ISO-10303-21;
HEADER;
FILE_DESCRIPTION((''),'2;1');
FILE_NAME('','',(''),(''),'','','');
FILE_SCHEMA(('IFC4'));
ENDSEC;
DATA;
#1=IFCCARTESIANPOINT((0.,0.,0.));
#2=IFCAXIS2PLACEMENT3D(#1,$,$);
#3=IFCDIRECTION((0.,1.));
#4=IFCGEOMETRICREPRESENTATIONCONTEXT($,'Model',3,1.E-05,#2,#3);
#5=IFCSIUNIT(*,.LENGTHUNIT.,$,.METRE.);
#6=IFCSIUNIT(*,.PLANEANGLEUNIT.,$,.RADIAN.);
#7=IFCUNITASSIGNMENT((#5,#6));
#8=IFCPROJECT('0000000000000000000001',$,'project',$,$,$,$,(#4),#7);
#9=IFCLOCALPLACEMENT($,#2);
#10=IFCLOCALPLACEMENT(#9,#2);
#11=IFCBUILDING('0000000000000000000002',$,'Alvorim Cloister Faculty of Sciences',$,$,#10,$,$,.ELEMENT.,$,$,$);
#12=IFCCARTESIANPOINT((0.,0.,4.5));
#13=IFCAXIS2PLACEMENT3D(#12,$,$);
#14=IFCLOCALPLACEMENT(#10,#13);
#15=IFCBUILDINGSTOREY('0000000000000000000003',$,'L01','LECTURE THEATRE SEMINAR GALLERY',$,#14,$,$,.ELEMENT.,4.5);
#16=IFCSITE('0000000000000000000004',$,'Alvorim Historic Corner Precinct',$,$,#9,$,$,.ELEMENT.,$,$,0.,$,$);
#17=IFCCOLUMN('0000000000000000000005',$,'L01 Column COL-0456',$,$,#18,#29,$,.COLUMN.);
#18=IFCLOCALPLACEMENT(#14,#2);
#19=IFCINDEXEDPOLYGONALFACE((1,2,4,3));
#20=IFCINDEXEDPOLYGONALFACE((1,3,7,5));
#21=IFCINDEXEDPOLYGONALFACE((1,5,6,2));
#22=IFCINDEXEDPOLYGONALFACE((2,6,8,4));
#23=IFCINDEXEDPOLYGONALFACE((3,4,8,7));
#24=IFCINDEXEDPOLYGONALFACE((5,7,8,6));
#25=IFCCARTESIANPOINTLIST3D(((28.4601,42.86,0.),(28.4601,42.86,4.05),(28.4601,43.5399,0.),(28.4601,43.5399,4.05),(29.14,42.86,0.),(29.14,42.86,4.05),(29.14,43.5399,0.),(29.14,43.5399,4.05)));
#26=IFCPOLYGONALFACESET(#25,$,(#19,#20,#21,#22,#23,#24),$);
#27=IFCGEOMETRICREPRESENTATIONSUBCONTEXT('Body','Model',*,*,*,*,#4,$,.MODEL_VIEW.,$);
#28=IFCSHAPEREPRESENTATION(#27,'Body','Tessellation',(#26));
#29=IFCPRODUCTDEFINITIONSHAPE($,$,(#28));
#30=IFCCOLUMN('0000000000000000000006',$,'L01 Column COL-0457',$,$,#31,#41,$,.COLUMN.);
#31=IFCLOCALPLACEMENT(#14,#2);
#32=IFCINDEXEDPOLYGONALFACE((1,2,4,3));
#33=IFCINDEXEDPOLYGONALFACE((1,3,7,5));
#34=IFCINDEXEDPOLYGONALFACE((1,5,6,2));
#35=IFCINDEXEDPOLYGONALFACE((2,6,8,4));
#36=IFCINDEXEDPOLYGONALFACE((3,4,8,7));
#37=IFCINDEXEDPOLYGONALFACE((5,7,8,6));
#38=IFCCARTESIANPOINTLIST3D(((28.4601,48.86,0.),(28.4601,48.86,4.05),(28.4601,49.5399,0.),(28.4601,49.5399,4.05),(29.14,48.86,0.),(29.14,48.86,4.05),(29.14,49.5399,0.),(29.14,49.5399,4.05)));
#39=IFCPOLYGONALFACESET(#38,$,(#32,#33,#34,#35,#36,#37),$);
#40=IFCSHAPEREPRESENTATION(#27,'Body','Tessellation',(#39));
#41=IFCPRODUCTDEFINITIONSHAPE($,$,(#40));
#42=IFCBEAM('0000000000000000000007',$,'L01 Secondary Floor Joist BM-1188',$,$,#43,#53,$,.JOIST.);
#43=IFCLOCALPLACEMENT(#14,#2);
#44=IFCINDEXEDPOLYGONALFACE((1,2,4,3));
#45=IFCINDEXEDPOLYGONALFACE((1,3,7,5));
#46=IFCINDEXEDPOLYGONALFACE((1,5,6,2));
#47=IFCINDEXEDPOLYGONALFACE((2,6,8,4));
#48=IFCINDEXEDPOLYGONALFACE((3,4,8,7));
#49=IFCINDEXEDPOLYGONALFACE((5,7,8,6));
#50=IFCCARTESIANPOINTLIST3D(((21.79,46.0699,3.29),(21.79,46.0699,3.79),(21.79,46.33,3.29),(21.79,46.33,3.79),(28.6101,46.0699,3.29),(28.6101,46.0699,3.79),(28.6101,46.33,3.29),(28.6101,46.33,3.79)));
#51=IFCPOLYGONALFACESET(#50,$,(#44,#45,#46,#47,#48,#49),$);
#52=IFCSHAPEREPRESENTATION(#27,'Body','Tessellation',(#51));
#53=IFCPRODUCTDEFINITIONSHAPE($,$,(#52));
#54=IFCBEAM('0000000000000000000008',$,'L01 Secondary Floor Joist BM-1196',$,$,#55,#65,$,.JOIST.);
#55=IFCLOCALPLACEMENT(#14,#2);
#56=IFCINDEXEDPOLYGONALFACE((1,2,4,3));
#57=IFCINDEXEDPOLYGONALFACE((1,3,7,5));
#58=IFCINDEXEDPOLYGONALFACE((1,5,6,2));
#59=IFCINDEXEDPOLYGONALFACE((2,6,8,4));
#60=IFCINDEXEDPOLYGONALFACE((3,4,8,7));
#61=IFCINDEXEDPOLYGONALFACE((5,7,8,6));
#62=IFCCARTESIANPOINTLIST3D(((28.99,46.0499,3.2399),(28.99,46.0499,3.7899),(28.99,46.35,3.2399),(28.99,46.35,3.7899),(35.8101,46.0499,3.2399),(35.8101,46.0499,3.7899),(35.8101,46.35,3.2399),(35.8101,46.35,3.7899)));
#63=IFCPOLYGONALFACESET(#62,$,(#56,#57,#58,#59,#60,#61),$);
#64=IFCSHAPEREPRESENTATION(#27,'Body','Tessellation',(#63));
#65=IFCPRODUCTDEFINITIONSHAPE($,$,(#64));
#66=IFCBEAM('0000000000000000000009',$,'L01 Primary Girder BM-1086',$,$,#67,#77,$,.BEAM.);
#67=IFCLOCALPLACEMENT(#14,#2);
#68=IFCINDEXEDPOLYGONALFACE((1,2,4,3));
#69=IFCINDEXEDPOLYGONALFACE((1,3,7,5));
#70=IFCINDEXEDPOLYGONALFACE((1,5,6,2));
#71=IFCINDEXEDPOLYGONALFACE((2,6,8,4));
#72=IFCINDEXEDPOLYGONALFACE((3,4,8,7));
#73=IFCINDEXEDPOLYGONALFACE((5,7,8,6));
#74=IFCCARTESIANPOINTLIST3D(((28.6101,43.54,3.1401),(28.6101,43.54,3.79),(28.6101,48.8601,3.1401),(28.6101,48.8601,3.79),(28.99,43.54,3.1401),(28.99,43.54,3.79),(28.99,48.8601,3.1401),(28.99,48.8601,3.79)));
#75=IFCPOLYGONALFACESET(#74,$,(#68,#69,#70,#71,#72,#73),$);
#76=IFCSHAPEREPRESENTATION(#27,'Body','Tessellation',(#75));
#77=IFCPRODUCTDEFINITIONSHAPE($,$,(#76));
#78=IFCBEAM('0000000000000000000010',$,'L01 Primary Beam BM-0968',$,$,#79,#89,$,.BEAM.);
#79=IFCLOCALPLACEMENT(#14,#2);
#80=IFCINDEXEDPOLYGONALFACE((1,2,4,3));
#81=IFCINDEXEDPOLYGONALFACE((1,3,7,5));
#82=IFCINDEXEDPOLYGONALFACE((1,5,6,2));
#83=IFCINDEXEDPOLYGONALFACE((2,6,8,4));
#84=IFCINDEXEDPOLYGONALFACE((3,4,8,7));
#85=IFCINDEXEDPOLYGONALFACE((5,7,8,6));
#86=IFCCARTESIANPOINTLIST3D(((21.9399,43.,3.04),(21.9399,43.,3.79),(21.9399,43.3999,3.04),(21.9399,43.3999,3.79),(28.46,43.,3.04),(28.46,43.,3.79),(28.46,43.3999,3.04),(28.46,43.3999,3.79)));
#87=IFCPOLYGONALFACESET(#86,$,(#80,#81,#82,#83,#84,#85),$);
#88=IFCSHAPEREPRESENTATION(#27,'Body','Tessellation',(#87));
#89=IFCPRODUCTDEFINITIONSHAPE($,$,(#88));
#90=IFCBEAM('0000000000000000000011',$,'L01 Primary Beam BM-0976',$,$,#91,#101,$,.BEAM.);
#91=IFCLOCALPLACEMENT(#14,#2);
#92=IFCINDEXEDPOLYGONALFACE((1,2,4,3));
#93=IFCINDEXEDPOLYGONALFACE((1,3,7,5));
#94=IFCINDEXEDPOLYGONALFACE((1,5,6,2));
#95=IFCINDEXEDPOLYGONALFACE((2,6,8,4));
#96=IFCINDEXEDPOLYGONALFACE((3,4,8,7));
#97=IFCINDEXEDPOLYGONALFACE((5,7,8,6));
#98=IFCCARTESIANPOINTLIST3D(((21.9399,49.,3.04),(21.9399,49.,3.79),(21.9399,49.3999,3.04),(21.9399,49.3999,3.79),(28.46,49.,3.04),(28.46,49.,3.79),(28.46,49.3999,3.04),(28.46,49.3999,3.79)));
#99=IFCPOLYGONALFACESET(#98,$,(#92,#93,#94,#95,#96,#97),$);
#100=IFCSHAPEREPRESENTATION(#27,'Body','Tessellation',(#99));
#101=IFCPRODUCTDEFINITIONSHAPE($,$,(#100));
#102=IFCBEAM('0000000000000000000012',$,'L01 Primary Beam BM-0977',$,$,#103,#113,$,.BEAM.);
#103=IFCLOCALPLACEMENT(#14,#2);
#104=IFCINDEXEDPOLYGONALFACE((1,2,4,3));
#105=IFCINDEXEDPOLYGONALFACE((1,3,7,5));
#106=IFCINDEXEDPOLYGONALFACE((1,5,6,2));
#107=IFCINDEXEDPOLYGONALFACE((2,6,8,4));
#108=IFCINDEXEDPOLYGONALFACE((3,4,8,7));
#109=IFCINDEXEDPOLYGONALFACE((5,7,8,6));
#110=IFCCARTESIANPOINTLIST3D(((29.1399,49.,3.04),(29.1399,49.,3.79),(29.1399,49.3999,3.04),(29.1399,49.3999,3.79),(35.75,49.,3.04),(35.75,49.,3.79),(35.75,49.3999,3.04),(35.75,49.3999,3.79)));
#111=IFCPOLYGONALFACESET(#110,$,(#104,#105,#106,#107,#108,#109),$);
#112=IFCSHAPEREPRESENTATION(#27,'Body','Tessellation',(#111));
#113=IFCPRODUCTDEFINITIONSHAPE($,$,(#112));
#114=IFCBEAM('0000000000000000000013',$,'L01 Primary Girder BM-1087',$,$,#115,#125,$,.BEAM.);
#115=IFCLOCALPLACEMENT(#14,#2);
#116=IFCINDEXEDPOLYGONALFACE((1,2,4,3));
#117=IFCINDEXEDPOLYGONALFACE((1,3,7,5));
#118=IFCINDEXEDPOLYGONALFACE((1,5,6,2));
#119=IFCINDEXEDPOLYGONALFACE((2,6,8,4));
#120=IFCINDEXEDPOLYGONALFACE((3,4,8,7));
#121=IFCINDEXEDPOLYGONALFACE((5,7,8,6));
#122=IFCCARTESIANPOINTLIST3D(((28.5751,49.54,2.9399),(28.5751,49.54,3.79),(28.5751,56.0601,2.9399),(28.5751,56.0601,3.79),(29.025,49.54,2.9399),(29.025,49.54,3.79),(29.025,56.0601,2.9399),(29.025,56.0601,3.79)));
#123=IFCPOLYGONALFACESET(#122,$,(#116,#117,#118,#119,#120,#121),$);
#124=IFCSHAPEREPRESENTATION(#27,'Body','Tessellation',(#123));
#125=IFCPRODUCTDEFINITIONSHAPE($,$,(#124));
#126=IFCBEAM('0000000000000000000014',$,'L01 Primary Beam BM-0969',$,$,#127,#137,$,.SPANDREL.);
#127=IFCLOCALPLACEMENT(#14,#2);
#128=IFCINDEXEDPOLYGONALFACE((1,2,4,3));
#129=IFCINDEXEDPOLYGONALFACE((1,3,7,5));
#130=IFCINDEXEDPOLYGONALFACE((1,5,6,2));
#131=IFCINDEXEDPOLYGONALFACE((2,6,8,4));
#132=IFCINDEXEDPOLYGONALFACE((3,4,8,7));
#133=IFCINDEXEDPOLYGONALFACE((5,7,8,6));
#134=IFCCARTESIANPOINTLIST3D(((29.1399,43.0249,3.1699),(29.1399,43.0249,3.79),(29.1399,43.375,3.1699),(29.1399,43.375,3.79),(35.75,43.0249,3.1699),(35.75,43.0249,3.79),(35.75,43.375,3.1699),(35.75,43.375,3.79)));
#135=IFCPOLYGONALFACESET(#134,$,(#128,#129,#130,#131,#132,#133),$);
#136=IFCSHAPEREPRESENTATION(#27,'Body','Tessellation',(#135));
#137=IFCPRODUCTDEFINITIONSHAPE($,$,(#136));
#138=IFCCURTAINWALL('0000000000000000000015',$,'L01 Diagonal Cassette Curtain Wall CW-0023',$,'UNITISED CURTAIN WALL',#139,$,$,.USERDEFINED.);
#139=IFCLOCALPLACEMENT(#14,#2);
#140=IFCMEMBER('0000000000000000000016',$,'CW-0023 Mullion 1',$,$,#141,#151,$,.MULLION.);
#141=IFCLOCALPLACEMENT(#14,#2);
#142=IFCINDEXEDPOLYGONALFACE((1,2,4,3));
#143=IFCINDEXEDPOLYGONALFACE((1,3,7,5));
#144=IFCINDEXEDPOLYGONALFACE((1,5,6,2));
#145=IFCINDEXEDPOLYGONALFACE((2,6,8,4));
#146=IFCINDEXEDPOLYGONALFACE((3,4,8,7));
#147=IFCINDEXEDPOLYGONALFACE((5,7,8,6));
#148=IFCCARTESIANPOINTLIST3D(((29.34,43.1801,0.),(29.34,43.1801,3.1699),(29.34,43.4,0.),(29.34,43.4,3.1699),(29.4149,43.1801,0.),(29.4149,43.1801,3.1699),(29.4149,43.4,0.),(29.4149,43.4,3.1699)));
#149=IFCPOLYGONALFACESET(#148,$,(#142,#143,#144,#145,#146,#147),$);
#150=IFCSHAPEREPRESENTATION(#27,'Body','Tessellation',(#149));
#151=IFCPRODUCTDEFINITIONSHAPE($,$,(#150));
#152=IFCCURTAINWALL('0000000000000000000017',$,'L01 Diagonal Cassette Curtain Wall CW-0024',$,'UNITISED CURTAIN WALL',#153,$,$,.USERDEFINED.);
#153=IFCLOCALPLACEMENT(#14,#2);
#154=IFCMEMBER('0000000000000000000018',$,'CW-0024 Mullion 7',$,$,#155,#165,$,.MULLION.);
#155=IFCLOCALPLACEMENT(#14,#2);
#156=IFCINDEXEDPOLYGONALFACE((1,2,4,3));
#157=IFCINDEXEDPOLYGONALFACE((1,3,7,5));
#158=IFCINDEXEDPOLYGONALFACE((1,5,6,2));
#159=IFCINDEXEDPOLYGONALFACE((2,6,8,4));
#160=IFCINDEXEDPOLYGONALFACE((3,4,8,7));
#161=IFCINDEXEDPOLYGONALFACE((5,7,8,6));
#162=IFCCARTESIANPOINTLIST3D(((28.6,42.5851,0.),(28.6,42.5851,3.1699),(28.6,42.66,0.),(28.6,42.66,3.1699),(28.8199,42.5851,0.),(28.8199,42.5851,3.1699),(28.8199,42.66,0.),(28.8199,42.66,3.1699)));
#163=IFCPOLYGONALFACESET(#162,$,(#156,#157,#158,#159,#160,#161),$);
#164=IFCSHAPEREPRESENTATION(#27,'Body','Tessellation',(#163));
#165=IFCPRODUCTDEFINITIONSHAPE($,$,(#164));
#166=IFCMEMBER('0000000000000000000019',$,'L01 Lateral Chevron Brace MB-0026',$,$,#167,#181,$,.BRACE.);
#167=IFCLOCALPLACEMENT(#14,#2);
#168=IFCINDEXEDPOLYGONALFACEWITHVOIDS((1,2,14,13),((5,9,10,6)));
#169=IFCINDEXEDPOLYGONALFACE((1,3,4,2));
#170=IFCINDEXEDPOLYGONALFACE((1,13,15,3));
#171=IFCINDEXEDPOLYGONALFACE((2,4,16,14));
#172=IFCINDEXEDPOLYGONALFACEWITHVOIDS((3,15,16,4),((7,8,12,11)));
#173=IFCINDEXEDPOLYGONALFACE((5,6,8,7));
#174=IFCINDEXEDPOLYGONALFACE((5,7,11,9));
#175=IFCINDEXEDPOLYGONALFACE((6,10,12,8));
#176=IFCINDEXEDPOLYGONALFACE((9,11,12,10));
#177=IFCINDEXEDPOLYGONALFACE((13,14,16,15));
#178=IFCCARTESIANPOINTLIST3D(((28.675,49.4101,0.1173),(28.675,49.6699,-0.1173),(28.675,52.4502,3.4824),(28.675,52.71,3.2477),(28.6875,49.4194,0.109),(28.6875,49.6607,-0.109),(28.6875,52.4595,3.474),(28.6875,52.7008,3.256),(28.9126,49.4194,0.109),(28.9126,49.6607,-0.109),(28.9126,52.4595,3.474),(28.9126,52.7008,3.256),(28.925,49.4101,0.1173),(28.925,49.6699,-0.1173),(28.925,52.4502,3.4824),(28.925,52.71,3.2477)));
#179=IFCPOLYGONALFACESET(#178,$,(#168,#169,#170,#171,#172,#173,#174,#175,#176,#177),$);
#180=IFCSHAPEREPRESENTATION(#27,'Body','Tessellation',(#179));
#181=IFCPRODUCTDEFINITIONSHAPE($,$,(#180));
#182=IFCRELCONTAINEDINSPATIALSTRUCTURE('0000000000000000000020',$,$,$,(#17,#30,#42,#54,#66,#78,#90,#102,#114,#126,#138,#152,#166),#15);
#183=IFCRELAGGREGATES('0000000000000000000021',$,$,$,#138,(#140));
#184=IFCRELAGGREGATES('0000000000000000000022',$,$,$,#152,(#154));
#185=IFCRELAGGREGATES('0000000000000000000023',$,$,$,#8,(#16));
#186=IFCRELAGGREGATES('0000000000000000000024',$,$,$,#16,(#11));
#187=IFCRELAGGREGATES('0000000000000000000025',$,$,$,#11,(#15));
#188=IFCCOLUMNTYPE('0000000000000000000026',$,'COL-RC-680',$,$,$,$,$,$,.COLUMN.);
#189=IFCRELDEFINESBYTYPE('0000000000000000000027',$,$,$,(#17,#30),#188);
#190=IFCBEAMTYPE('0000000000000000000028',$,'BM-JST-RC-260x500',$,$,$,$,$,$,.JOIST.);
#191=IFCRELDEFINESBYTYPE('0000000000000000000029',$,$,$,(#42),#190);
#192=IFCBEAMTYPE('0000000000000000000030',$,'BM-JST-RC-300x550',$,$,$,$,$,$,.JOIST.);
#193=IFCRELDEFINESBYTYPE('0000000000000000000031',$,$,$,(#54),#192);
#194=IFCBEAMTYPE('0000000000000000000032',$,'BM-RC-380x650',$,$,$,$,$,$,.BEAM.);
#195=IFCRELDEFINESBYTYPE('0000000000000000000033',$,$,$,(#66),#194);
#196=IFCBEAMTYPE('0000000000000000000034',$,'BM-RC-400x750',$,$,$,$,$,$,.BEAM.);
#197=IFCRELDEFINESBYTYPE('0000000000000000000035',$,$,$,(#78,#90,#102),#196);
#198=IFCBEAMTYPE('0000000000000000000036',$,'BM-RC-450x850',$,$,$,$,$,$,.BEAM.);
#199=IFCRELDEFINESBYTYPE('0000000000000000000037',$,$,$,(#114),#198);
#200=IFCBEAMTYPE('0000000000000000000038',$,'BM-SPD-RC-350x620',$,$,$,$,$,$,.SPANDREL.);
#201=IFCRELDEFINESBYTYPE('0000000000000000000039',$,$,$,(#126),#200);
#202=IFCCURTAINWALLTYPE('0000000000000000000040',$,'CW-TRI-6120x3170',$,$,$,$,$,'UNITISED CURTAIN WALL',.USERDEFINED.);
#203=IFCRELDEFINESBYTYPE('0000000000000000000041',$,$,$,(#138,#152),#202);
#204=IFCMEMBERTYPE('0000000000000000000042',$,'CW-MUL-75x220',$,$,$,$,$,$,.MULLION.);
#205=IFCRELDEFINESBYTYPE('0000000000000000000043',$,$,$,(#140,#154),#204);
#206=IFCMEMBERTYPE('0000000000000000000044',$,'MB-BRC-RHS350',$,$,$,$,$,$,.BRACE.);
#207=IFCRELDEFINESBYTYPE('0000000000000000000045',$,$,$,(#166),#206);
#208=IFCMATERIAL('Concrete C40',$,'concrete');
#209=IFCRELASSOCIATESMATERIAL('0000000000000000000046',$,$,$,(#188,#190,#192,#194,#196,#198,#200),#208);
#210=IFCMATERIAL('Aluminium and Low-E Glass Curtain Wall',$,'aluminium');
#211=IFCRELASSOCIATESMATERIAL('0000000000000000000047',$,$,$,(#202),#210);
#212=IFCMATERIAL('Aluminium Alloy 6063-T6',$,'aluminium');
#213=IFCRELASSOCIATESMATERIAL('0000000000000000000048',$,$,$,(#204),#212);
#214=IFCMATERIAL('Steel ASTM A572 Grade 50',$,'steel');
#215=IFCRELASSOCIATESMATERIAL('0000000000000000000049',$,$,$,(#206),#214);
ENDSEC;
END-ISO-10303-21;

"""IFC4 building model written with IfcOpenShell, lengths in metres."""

from ifc_helpers import new_model, si_unit, direction, frame, origin, origin_2d, place, context, subcontext, project, spatial, rectangle, hollow_rectangle, extrude, material, material_profile, profile_set, type_object, element, aggregate, save


model = new_model("IFC4")

# Units and contexts
model_context = context("Model", 3, precision=1e-05, world=origin(), true_north=direction((0.0, 1.0)))
body_context = subcontext(model_context, "Body", "Model", "MODEL_VIEW")
ifc_project = project(units=[si_unit("LENGTHUNIT", "METRE"), si_unit("PLANEANGLEUNIT", "RADIAN")], contexts=[model_context])

# Site, building, storey
site_placement = place(None, origin())
site = spatial("IfcSite", under=ifc_project, at=site_placement, Name="Alvorim Historic Corner Precinct", CompositionType="ELEMENT", RefElevation=0.0)
building_placement = place(site_placement, origin())
building = spatial("IfcBuilding", under=site, at=building_placement, Name="Alvorim Cloister Faculty of Sciences", CompositionType="ELEMENT")
storey_placement = place(building_placement, frame((0.0, 0.0, 4.5)))
storey = spatial("IfcBuildingStorey", under=building, at=storey_placement, Name="L01", Description="LECTURE THEATRE SEMINAR GALLERY", CompositionType="ELEMENT", Elevation=4.5)

# Columns
ifc_material_1 = material(Name="Concrete C40", Category="concrete")
ifc_material_profile_1 = material_profile(ifc_material_1, rectangle(XDim=0.6799, YDim=0.6799, at=origin_2d()), Name="RC40-COL-680x680")
ifc_profile_set_1 = profile_set([ifc_material_profile_1], Name="Concrete C40")
column_type = type_object("IfcColumnType", Name="COL-RC-680", PredefinedType="COLUMN", material=ifc_profile_set_1)
for number, where, z_axis, x_axis, name in (
    (1, (28.8, 43.2, 0.0), (0.0, 0.0, 1.0), (1.0, 0.0, 0.0), "L01 Column COL-0456"),
    (2, (28.8, 49.2, 0.0), (0.0, 0.0, 1.0), (1.0, 0.0, 0.0), "L01 Column COL-0457"),
):
    element("IfcColumn", number, at=place(storey_placement, frame(where, z_axis=z_axis, x_axis=x_axis)), inside=storey, type_object=column_type, Name=name, PredefinedType="COLUMN", context=body_context, shape_type="SweptSolid", body=[
        extrude(rectangle(XDim=0.6799, YDim=0.6799, at=origin_2d()), origin(), (0.0, 0.0, 1.0), 4.05),
    ])

# Beams
ifc_material_profile_2 = material_profile(ifc_material_1, rectangle(XDim=0.26, YDim=0.5, at=origin_2d()), Name="RC40-JST-260x500")
ifc_profile_set_2 = profile_set([ifc_material_profile_2], Name="Concrete C40")
beam_type_1 = type_object("IfcBeamType", Name="BM-JST-RC-260x500", PredefinedType="JOIST", material=ifc_profile_set_2)
beam_1_placement = place(storey_placement, frame((21.79, 46.2, 3.54), z_axis=(1.0, 0.0, 0.0), x_axis=(0.0, 1.0, 0.0)))
element("IfcBeam", 3, at=beam_1_placement, inside=storey, type_object=beam_type_1, Name="L01 Secondary Floor Joist BM-1188", PredefinedType="JOIST", context=body_context, shape_type="SweptSolid", body=[
    extrude(rectangle(XDim=0.26, YDim=0.5, at=origin_2d()), origin(), (0.0, 0.0, 1.0), 6.8201),
])
ifc_material_profile_3 = material_profile(ifc_material_1, rectangle(XDim=0.3, YDim=0.55, at=origin_2d()), Name="RC40-JST-300x550")
ifc_profile_set_3 = profile_set([ifc_material_profile_3], Name="Concrete C40")
beam_type_2 = type_object("IfcBeamType", Name="BM-JST-RC-300x550", PredefinedType="JOIST", material=ifc_profile_set_3)
beam_2_placement = place(storey_placement, frame((28.99, 46.2, 3.5149), z_axis=(1.0, 0.0, 0.0), x_axis=(0.0, 1.0, 0.0)))
element("IfcBeam", 4, at=beam_2_placement, inside=storey, type_object=beam_type_2, Name="L01 Secondary Floor Joist BM-1196", PredefinedType="JOIST", context=body_context, shape_type="SweptSolid", body=[
    extrude(rectangle(XDim=0.3, YDim=0.55, at=origin_2d()), origin(), (0.0, 0.0, 1.0), 6.8201),
])
ifc_material_profile_4 = material_profile(ifc_material_1, rectangle(XDim=0.3799, YDim=0.6499, at=origin_2d()), Name="RC40-BM-380x650")
ifc_profile_set_4 = profile_set([ifc_material_profile_4], Name="Concrete C40")
beam_type_3 = type_object("IfcBeamType", Name="BM-RC-380x650", PredefinedType="BEAM", material=ifc_profile_set_4)
beam_3_placement = place(storey_placement, frame((28.8, 43.54, 3.4651), z_axis=(0.0, 1.0, 0.0), x_axis=(-1.0, 0.0, 0.0)))
element("IfcBeam", 5, at=beam_3_placement, inside=storey, type_object=beam_type_3, Name="L01 Primary Girder BM-1086", PredefinedType="BEAM", context=body_context, shape_type="SweptSolid", body=[
    extrude(rectangle(XDim=0.3799, YDim=0.6499, at=origin_2d()), origin(), (0.0, 0.0, 1.0), 5.3201),
])
ifc_material_profile_5 = material_profile(ifc_material_1, rectangle(XDim=0.3999, YDim=0.75, at=origin_2d()), Name="RC40-BM-400x750")
ifc_profile_set_5 = profile_set([ifc_material_profile_5], Name="Concrete C40")
beam_type_4 = type_object("IfcBeamType", Name="BM-RC-400x750", PredefinedType="BEAM", material=ifc_profile_set_5)
for number, where, z_axis, x_axis, name in (
    (6, (21.9399, 43.2, 3.415), (1.0, 0.0, 0.0), (0.0, 1.0, 0.0), "L01 Primary Beam BM-0968"),
    (7, (21.9399, 49.2, 3.415), (1.0, 0.0, 0.0), (0.0, 1.0, 0.0), "L01 Primary Beam BM-0976"),
):
    element("IfcBeam", number, at=place(storey_placement, frame(where, z_axis=z_axis, x_axis=x_axis)), inside=storey, type_object=beam_type_4, Name=name, PredefinedType="BEAM", context=body_context, shape_type="SweptSolid", body=[
        extrude(rectangle(XDim=0.3999, YDim=0.75, at=origin_2d()), origin(), (0.0, 0.0, 1.0), 6.52),
    ])
beam_4_placement = place(storey_placement, frame((29.1399, 49.2, 3.415), z_axis=(1.0, 0.0, 0.0), x_axis=(0.0, 1.0, 0.0)))
element("IfcBeam", 8, at=beam_4_placement, inside=storey, type_object=beam_type_4, Name="L01 Primary Beam BM-0977", PredefinedType="BEAM", context=body_context, shape_type="SweptSolid", body=[
    extrude(rectangle(XDim=0.3999, YDim=0.75, at=origin_2d()), origin(), (0.0, 0.0, 1.0), 6.6101),
])
ifc_material_profile_6 = material_profile(ifc_material_1, rectangle(XDim=0.45, YDim=0.8501, at=origin_2d()), Name="RC40-BM-450x850")
ifc_profile_set_6 = profile_set([ifc_material_profile_6], Name="Concrete C40")
beam_type_5 = type_object("IfcBeamType", Name="BM-RC-450x850", PredefinedType="BEAM", material=ifc_profile_set_6)
beam_5_placement = place(storey_placement, frame((28.8, 49.54, 3.365), z_axis=(0.0, 1.0, 0.0), x_axis=(-1.0, 0.0, 0.0)))
element("IfcBeam", 9, at=beam_5_placement, inside=storey, type_object=beam_type_5, Name="L01 Primary Girder BM-1087", PredefinedType="BEAM", context=body_context, shape_type="SweptSolid", body=[
    extrude(rectangle(XDim=0.45, YDim=0.8501, at=origin_2d()), origin(), (0.0, 0.0, 1.0), 6.52),
])
ifc_material_profile_7 = material_profile(ifc_material_1, rectangle(XDim=0.3501, YDim=0.6201, at=origin_2d()), Name="RC40-SPD-350x620")
ifc_profile_set_7 = profile_set([ifc_material_profile_7], Name="Concrete C40")
beam_type_6 = type_object("IfcBeamType", Name="BM-SPD-RC-350x620", PredefinedType="SPANDREL", material=ifc_profile_set_7)
beam_6_placement = place(storey_placement, frame((29.1399, 43.2, 3.48), z_axis=(1.0, 0.0, 0.0), x_axis=(0.0, 1.0, 0.0)))
element("IfcBeam", 10, at=beam_6_placement, inside=storey, type_object=beam_type_6, Name="L01 Primary Beam BM-0969", PredefinedType="SPANDREL", context=body_context, shape_type="SweptSolid", body=[
    extrude(rectangle(XDim=0.3501, YDim=0.6201, at=origin_2d()), origin(), (0.0, 0.0, 1.0), 6.6101),
])

# Curtain walls, members
ifc_material_2 = material(Name="Aluminium and Low-E Glass Curtain Wall", Category="aluminium")
curtain_wall_type = type_object("IfcCurtainWallType", Name="CW-TRI-6120x3170", ElementType="UNITISED CURTAIN WALL", PredefinedType="USERDEFINED", material=ifc_material_2)
curtain_wall_1_placement = place(storey_placement, origin())
curtain_wall_1 = element("IfcCurtainWall", 11, at=curtain_wall_1_placement, inside=storey, type_object=curtain_wall_type, Name="L01 Diagonal Cassette Curtain Wall CW-0023", ObjectType="UNITISED CURTAIN WALL", PredefinedType="USERDEFINED")
ifc_material_3 = material(Name="Aluminium Alloy 6063-T6", Category="aluminium")
ifc_material_profile_8 = material_profile(ifc_material_3, rectangle(XDim=0.075, YDim=0.22, at=origin_2d()), Name="ALU-MUL-75x220")
ifc_profile_set_8 = profile_set([ifc_material_profile_8], Name="Aluminium Alloy 6063-T6")
member_type_1 = type_object("IfcMemberType", Name="CW-MUL-75x220", PredefinedType="MULLION", material=ifc_profile_set_8)
member_1_placement = place(storey_placement, frame((29.3774, 43.29, 0.0), z_axis=(0.0, 0.0, 1.0), x_axis=(1.0, 0.0, 0.0)))
member_1 = element("IfcMember", 12, at=member_1_placement, type_object=member_type_1, Name="CW-0023 Mullion 1", PredefinedType="MULLION", context=body_context, shape_type="SweptSolid", body=[
    extrude(rectangle(XDim=0.075, YDim=0.22, at=origin_2d()), origin(), (0.0, 0.0, 1.0), 3.1699),
])
curtain_wall_2_placement = place(storey_placement, origin())
curtain_wall_2 = element("IfcCurtainWall", 13, at=curtain_wall_2_placement, inside=storey, type_object=curtain_wall_type, Name="L01 Diagonal Cassette Curtain Wall CW-0024", ObjectType="UNITISED CURTAIN WALL", PredefinedType="USERDEFINED")
member_2_placement = place(storey_placement, frame((28.71, 42.6226, 0.0), z_axis=(0.0, 0.0, 1.0), x_axis=(0.0, 1.0, 0.0)))
member_2 = element("IfcMember", 14, at=member_2_placement, type_object=member_type_1, Name="CW-0024 Mullion 7", PredefinedType="MULLION", context=body_context, shape_type="SweptSolid", body=[
    extrude(rectangle(XDim=0.075, YDim=0.22, at=origin_2d()), origin(), (0.0, 0.0, 1.0), 3.1699),
])

# Member
ifc_material_4 = material(Name="Steel ASTM A572 Grade 50", Category="steel")
ifc_material_profile_9 = material_profile(ifc_material_4, hollow_rectangle(XDim=0.25, YDim=0.3501, WallThickness=0.0125, at=origin_2d()), Name="RHS350x250x12.5")
ifc_profile_set_9 = profile_set([ifc_material_profile_9], Name="Steel ASTM A572 Grade 50")
member_type_2 = type_object("IfcMemberType", Name="MB-BRC-RHS350", PredefinedType="BRACE", material=ifc_profile_set_9)
member_3_placement = place(storey_placement, frame((28.8, 49.54, 0.0), z_axis=(0.0, 0.67037, 0.742027), x_axis=(-1.0, 0.0, 0.0)))
element("IfcMember", 15, at=member_3_placement, inside=storey, type_object=member_type_2, Name="L01 Lateral Chevron Brace MB-0026", PredefinedType="BRACE", context=body_context, shape_type="SweptSolid", body=[
    extrude(hollow_rectangle(XDim=0.25, YDim=0.3501, WallThickness=0.0125, at=origin_2d()), origin(), (0.0, 0.0, 1.0), 4.5349),
])

aggregate(curtain_wall_1, [member_1])
aggregate(curtain_wall_2, [member_2])

save(model, "model.ifc")
